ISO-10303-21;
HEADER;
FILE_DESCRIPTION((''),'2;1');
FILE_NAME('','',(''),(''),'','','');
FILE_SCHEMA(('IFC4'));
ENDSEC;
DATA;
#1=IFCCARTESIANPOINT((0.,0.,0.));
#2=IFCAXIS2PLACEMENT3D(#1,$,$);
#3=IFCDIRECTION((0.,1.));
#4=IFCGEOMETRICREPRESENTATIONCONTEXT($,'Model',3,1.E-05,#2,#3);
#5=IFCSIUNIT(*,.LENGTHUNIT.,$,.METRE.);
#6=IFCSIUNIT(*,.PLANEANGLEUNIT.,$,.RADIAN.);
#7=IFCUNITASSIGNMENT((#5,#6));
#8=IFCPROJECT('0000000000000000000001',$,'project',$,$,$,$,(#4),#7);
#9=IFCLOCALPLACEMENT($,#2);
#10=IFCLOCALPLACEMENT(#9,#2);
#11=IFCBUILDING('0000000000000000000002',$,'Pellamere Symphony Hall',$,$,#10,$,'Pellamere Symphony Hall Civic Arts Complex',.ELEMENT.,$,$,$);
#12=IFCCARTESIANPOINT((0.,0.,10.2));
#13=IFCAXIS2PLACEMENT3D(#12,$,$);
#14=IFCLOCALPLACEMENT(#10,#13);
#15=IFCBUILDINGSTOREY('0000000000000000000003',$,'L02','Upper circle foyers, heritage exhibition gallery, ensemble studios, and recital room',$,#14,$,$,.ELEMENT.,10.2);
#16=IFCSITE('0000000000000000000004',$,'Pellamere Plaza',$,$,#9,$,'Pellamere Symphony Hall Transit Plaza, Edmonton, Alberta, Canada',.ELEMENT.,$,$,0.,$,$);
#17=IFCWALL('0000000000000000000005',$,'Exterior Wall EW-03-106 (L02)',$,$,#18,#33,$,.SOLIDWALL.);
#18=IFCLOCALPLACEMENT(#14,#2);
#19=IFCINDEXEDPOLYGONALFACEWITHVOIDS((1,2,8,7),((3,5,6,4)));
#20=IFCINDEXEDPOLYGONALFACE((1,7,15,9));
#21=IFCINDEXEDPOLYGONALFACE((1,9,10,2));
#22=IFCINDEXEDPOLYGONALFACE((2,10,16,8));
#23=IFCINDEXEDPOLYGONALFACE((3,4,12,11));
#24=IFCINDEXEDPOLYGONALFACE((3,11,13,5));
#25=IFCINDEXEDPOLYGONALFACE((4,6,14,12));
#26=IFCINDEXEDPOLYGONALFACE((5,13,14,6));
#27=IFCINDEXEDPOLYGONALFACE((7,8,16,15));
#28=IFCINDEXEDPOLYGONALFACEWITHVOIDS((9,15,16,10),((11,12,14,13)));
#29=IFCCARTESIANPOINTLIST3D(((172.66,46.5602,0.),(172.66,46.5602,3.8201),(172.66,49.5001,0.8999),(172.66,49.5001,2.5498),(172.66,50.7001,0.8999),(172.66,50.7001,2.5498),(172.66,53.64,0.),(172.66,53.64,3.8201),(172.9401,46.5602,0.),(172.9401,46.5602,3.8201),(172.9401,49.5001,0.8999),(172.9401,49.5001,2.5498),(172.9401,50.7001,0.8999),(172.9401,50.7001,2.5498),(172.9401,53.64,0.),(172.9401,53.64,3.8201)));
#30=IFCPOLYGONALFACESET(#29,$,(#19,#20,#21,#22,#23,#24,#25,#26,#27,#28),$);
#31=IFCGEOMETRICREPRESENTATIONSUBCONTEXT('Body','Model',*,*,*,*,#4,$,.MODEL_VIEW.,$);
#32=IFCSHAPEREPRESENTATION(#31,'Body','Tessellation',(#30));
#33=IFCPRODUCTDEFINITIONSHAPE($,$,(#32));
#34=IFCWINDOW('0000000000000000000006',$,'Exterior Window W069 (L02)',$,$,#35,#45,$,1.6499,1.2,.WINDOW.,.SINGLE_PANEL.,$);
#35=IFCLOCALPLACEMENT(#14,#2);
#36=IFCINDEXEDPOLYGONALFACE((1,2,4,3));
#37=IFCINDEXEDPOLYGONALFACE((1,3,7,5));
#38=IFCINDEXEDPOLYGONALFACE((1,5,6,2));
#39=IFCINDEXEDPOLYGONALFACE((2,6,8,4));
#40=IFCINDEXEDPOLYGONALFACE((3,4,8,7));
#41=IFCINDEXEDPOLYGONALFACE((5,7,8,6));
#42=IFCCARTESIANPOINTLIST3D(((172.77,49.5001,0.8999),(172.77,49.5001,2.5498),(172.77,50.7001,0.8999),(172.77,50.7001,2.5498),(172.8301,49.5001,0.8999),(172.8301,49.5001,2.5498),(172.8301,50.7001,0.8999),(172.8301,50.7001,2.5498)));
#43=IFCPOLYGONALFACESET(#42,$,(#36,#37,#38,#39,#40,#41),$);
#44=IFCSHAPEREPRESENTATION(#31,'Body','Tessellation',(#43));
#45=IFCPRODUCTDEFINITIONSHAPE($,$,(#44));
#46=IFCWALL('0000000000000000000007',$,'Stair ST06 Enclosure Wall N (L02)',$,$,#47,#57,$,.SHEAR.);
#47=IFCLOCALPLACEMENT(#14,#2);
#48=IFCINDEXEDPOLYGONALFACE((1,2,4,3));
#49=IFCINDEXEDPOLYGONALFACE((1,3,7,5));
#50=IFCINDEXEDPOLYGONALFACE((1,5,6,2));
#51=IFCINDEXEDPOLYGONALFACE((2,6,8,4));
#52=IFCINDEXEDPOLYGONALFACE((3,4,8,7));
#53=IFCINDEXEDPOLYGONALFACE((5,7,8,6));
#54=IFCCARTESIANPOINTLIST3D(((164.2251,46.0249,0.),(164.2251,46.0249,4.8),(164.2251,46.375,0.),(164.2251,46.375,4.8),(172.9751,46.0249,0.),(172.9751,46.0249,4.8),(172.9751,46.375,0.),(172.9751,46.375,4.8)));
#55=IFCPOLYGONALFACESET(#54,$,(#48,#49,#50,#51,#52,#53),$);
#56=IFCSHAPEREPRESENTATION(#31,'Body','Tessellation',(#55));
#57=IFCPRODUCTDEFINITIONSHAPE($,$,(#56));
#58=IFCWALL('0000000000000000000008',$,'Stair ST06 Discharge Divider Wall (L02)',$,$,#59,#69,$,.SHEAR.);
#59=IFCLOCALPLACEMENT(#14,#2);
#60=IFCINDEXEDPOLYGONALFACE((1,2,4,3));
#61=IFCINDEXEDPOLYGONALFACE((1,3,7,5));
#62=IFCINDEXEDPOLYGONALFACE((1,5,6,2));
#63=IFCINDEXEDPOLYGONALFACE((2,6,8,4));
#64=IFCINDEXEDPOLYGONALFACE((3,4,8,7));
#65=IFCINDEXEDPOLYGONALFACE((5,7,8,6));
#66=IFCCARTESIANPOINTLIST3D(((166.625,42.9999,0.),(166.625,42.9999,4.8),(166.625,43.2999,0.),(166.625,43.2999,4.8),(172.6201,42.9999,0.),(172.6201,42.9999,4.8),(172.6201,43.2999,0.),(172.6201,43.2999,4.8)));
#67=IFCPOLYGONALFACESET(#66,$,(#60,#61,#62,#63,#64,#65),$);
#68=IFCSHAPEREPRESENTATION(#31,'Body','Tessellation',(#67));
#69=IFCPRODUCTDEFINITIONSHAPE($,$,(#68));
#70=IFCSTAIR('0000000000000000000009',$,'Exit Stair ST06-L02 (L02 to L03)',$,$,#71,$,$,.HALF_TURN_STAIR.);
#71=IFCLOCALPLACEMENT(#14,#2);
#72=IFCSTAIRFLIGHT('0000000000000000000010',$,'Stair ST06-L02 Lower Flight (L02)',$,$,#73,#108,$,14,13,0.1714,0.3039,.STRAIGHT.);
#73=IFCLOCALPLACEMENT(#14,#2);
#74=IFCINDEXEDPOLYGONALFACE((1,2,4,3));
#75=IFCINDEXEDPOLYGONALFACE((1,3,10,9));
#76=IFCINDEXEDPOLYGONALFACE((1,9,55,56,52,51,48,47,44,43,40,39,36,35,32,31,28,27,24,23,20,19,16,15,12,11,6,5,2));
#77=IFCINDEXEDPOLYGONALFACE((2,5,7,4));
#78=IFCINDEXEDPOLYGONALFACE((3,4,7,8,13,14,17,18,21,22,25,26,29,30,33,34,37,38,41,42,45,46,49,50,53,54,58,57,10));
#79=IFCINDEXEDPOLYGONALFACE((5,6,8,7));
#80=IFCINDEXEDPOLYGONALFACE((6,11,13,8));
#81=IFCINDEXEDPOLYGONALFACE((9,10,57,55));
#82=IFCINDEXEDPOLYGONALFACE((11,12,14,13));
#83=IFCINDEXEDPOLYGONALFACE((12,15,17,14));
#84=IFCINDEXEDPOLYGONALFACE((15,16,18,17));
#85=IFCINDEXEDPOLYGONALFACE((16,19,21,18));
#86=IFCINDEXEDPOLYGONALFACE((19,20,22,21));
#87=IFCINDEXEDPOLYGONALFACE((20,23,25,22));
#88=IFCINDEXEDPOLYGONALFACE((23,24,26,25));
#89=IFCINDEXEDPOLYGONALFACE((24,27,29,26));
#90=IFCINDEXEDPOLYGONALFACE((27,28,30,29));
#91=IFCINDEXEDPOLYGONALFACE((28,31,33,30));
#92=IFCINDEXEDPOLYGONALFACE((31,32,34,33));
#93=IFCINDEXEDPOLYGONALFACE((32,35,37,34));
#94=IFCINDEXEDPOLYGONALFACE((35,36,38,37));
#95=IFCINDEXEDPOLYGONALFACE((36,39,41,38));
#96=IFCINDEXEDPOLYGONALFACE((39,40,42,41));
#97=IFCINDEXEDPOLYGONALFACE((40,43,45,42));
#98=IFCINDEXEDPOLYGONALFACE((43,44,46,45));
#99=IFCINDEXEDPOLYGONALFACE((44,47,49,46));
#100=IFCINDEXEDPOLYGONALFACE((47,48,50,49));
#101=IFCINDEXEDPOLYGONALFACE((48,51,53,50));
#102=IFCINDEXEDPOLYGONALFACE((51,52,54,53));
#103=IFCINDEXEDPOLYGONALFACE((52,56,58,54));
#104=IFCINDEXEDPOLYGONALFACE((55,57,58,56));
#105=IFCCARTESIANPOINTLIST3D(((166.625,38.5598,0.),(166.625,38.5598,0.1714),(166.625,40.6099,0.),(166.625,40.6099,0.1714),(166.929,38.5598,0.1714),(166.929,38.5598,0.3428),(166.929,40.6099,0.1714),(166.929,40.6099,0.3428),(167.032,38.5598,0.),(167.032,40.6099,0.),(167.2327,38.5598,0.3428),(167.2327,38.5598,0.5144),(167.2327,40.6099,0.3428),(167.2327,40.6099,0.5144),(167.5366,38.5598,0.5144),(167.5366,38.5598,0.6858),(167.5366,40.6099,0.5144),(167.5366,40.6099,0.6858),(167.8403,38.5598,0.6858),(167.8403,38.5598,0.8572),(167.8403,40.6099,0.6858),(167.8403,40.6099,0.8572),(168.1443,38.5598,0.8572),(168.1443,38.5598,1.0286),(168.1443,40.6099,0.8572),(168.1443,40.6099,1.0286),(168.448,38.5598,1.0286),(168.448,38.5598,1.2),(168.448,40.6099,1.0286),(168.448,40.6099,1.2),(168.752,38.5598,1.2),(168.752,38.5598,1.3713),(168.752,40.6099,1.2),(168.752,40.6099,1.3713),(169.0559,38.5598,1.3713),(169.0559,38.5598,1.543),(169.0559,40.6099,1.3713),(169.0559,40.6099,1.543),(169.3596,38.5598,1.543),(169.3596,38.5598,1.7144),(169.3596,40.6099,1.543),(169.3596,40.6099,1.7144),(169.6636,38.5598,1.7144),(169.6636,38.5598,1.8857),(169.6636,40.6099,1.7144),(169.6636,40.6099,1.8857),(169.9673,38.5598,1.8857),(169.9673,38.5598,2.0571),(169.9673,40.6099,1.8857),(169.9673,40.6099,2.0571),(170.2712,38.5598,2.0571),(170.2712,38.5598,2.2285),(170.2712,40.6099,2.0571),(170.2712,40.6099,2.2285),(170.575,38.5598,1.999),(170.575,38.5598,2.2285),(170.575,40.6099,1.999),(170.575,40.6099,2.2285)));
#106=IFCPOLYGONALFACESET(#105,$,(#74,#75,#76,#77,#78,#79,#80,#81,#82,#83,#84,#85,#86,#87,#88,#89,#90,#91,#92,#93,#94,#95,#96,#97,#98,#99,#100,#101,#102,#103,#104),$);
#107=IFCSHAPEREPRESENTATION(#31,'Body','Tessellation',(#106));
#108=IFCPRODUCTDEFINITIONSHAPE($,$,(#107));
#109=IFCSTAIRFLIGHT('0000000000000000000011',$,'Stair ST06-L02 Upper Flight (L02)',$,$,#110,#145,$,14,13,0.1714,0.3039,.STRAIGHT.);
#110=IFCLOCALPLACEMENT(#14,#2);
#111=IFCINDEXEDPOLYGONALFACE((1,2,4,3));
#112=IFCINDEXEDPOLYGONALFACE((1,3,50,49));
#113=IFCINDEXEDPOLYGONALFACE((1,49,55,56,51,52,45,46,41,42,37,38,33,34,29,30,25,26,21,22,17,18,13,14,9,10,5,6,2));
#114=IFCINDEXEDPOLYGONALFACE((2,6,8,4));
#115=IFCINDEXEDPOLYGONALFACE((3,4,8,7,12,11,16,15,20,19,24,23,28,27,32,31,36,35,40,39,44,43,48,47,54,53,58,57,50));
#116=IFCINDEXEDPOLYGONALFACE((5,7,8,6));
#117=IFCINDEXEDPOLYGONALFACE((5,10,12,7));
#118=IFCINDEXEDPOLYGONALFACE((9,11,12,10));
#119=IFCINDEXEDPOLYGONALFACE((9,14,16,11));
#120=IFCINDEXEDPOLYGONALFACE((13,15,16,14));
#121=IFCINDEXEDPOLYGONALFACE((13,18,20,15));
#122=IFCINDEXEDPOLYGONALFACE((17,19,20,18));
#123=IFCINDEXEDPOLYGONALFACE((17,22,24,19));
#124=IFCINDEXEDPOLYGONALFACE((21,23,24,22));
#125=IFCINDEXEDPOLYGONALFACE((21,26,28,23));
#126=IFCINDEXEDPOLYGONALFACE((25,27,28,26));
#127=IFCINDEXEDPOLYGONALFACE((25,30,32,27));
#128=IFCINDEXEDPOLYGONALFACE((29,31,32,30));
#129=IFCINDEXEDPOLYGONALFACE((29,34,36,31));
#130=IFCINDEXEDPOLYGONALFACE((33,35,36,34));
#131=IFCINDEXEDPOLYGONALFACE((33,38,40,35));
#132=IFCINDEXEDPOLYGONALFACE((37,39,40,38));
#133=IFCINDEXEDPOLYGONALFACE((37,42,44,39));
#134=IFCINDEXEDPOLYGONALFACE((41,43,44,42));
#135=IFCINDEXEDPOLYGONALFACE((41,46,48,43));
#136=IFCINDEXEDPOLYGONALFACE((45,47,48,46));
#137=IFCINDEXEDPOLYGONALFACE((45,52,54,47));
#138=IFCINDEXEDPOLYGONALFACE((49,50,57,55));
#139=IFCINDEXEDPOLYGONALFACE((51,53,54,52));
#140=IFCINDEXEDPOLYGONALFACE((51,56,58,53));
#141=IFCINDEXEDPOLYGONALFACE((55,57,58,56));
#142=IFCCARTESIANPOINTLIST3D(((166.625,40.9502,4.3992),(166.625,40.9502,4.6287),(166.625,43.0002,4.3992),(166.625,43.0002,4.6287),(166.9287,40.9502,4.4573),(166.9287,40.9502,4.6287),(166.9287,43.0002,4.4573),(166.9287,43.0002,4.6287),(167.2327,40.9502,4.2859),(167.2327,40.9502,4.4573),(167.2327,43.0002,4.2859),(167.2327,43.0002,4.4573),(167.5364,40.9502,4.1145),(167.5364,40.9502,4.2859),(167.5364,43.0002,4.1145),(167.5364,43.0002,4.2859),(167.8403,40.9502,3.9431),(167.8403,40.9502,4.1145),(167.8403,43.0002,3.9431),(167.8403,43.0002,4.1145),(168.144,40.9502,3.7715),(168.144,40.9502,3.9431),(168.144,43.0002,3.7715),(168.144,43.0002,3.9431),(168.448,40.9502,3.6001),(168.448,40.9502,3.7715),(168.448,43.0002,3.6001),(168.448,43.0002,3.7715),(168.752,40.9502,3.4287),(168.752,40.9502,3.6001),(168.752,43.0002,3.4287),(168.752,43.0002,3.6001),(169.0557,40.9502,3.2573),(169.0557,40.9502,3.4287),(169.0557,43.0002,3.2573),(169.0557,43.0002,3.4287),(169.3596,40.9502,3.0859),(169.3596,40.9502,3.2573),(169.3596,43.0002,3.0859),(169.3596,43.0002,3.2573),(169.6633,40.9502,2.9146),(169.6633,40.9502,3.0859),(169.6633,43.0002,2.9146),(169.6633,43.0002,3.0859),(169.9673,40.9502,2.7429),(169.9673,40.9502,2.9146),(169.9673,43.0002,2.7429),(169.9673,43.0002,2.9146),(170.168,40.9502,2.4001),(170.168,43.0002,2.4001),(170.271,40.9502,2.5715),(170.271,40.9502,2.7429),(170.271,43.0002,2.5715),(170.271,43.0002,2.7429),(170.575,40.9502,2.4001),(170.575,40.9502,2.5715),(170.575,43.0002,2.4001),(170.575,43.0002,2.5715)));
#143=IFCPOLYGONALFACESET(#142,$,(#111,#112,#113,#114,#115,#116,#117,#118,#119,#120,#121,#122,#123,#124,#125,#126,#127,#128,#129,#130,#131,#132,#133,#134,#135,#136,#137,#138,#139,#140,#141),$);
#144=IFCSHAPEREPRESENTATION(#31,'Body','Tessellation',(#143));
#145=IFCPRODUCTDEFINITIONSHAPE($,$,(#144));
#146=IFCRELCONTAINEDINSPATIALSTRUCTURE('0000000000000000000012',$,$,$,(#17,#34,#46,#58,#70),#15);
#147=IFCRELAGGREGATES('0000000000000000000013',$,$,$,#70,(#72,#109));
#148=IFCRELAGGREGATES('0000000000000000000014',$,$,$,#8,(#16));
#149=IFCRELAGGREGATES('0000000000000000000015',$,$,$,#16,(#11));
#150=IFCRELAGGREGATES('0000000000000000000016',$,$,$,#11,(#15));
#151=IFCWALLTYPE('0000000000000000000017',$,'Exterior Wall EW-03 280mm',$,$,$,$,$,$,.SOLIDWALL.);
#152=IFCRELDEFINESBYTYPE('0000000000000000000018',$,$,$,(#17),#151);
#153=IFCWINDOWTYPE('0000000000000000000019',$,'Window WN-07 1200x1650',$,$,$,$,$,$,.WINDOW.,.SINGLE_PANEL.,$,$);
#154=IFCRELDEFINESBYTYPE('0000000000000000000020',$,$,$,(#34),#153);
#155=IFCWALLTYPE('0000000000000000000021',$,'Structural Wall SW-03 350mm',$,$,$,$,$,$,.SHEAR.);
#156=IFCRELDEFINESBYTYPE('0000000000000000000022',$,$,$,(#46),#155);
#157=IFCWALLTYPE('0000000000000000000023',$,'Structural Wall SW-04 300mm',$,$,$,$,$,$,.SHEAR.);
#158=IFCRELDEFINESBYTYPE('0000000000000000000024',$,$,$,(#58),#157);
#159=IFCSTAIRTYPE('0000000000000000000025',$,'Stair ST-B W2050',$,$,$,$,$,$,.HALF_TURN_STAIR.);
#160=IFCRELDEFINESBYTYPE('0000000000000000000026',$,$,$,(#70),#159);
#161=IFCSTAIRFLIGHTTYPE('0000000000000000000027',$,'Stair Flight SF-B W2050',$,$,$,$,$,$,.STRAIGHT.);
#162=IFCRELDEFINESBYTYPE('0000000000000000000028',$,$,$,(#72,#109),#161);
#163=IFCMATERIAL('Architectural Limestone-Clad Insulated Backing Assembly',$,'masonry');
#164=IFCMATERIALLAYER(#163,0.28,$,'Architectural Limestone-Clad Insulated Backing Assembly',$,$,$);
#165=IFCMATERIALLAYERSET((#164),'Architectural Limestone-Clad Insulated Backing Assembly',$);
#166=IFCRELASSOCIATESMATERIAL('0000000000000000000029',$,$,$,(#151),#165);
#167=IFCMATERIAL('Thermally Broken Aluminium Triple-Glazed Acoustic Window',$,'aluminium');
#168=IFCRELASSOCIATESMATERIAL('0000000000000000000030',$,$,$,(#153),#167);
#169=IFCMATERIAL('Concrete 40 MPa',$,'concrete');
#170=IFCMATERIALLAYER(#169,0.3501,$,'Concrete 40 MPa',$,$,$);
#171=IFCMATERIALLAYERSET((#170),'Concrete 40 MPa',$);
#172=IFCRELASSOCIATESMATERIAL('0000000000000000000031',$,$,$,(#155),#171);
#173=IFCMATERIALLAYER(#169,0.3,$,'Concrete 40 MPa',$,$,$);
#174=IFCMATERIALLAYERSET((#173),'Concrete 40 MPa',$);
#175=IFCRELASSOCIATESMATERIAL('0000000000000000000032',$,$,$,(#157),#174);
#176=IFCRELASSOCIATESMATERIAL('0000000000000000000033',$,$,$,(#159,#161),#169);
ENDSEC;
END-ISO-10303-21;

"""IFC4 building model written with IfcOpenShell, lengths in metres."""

from ifc_helpers import new_model, si_unit, direction, frame, frame_2d, origin, place, context, subcontext, project, spatial, polyline, rectangle, outline, extrude, material, layer, layer_set, type_object, element, fill, aggregate, save


model = new_model("IFC4")

# Units and contexts
model_context = context("Model", 3, precision=1e-05, world=origin(), true_north=direction((0.0, 1.0)))
body_context = subcontext(model_context, "Body", "Model", "MODEL_VIEW")
ifc_project = project(units=[si_unit("LENGTHUNIT", "METRE"), si_unit("PLANEANGLEUNIT", "RADIAN")], contexts=[model_context])

# Site, building, storey
site_placement = place(None, origin())
site = spatial("IfcSite", under=ifc_project, at=site_placement, Name="Pellamere Plaza", LongName="Pellamere Symphony Hall Transit Plaza, Edmonton, Alberta, Canada", CompositionType="ELEMENT", RefElevation=0.0)
building_placement = place(site_placement, origin())
building = spatial("IfcBuilding", under=site, at=building_placement, Name="Pellamere Symphony Hall", LongName="Pellamere Symphony Hall Civic Arts Complex", CompositionType="ELEMENT")
storey_placement = place(building_placement, frame((0.0, 0.0, 10.2)))
storey = spatial("IfcBuildingStorey", under=building, at=storey_placement, Name="L02", Description="Upper circle foyers, heritage exhibition gallery, ensemble studios, and recital room", CompositionType="ELEMENT", Elevation=10.2)

# Shared definitions
ifc_material_1 = material(Name="Concrete 40 MPa", Category="concrete")

# Wall, opening, window
ifc_material_2 = material(Name="Architectural Limestone-Clad Insulated Backing Assembly", Category="masonry")
ifc_layer_1 = layer(ifc_material_2, 0.28, Name="Architectural Limestone-Clad Insulated Backing Assembly")
ifc_layer_set_1 = layer_set([ifc_layer_1], Name="Architectural Limestone-Clad Insulated Backing Assembly")
wall_type_1 = type_object("IfcWallType", Name="Exterior Wall EW-03 280mm", PredefinedType="SOLIDWALL", material=ifc_layer_set_1)
wall_1_placement = place(storey_placement, frame((172.8, 46.5601, 0.0), z_axis=(0.0, 0.0, 1.0), x_axis=(0.0, 1.0, 0.0)))
wall_1 = element("IfcWall", 1, at=wall_1_placement, inside=storey, type_object=wall_type_1, Name="Exterior Wall EW-03-106 (L02)", PredefinedType="SOLIDWALL", context=body_context, shape_type="SweptSolid", body=[
    extrude(rectangle(XDim=7.0798, YDim=0.28, at=frame_2d((3.54, 0.0))), origin(), (0.0, 0.0, 1.0), 3.8201),
])
opening_placement = place(wall_1_placement, frame((2.9399, 0.0, 0.8999)))
opening = element("IfcOpeningElement", 2, at=opening_placement, cuts=wall_1, PredefinedType="OPENING", context=body_context, shape_type="SweptSolid", body=[
    extrude(rectangle(XDim=1.2, YDim=1.6499, at=frame_2d((0.6001, 0.825))), frame((0.0, 0.1499, 0.0), z_axis=(0.0, -1.0, 0.0), x_axis=(1.0, 0.0, 0.0)), (0.0, 0.0, 1.0), 0.3),
])
ifc_material_3 = material(Name="Thermally Broken Aluminium Triple-Glazed Acoustic Window", Category="aluminium")
window_type = type_object("IfcWindowType", Name="Window WN-07 1200x1650", PartitioningType="SINGLE_PANEL", PredefinedType="WINDOW", material=ifc_material_3)
window_placement = place(opening_placement, origin())
window = element("IfcWindow", 3, at=window_placement, inside=storey, type_object=window_type, Name="Exterior Window W069 (L02)", OverallHeight=1.6499, OverallWidth=1.2, PartitioningType="SINGLE_PANEL", PredefinedType="WINDOW", context=body_context, shape_type="SweptSolid", body=[
    extrude(rectangle(XDim=1.2, YDim=1.6499, at=frame_2d((0.6001, 0.825))), frame((0.0, 0.03, 0.0), z_axis=(0.0, -1.0, 0.0), x_axis=(1.0, 0.0, 0.0)), (0.0, 0.0, 1.0), 0.0601),
])
fill(opening, window)

# Walls
ifc_layer_2 = layer(ifc_material_1, 0.3501, Name="Concrete 40 MPa")
ifc_layer_set_2 = layer_set([ifc_layer_2], Name="Concrete 40 MPa")
wall_type_2 = type_object("IfcWallType", Name="Structural Wall SW-03 350mm", PredefinedType="SHEAR", material=ifc_layer_set_2)
wall_2_placement = place(storey_placement, frame((164.2251, 46.2, 0.0), z_axis=(0.0, 0.0, 1.0), x_axis=(1.0, 0.0, 0.0)))
element("IfcWall", 4, at=wall_2_placement, inside=storey, type_object=wall_type_2, Name="Stair ST06 Enclosure Wall N (L02)", PredefinedType="SHEAR", context=body_context, shape_type="SweptSolid", body=[
    extrude(rectangle(XDim=8.75, YDim=0.3501, at=frame_2d((4.375, 0.0))), origin(), (0.0, 0.0, 1.0), 4.8),
])
ifc_layer_3 = layer(ifc_material_1, 0.3, Name="Concrete 40 MPa")
ifc_layer_set_3 = layer_set([ifc_layer_3], Name="Concrete 40 MPa")
wall_type_3 = type_object("IfcWallType", Name="Structural Wall SW-04 300mm", PredefinedType="SHEAR", material=ifc_layer_set_3)
wall_3_placement = place(storey_placement, frame((166.625, 43.1499, 0.0), z_axis=(0.0, 0.0, 1.0), x_axis=(1.0, 0.0, 0.0)))
element("IfcWall", 5, at=wall_3_placement, inside=storey, type_object=wall_type_3, Name="Stair ST06 Discharge Divider Wall (L02)", PredefinedType="SHEAR", context=body_context, shape_type="SweptSolid", body=[
    extrude(rectangle(XDim=5.9951, YDim=0.3, at=frame_2d((2.9976, 0.0))), origin(), (0.0, 0.0, 1.0), 4.8),
])

# Stair, stair flights
stair_type = type_object("IfcStairType", Name="Stair ST-B W2050", PredefinedType="HALF_TURN_STAIR", material=ifc_material_1)
stair_placement = place(storey_placement, origin())
stair = element("IfcStair", 6, at=stair_placement, inside=storey, type_object=stair_type, Name="Exit Stair ST06-L02 (L02 to L03)", PredefinedType="HALF_TURN_STAIR")
stair_flight_type = type_object("IfcStairFlightType", Name="Stair Flight SF-B W2050", PredefinedType="STRAIGHT", material=ifc_material_1)
stair_flight_1_placement = place(storey_placement, frame((166.625, 39.585, 0.0), z_axis=(0.0, 0.0, 1.0), x_axis=(1.0, 0.0, 0.0)))
stair_flight_1 = element("IfcStairFlight", 7, at=stair_flight_1_placement, type_object=stair_flight_type, Name="Stair ST06-L02 Lower Flight (L02)", NumberOfRisers=14, NumberOfTreads=13, PredefinedType="STRAIGHT", RiserHeight=0.1714, TreadLength=0.3039, context=body_context, shape_type="SweptSolid", body=[
    extrude(outline(polyline([(0.0, 0.0), (0.0, 0.1714), (0.304, 0.1714), (0.304, 0.3428), (0.6077, 0.3428), (0.6077, 0.5144), (0.9116, 0.5144), (0.9116, 0.6858), (1.2153, 0.6858), (1.2153, 0.8572), (1.5193, 0.8572), (1.5193, 1.0286), (1.823, 1.0286), (1.823, 1.2), (2.127, 1.2), (2.127, 1.3713), (2.4309, 1.3713), (2.4309, 1.543), (2.7346, 1.543), (2.7346, 1.7144), (3.0386, 1.7144), (3.0386, 1.8857), (3.3423, 1.8857), (3.3423, 2.0571), (3.6462, 2.0571), (3.6462, 2.2285), (3.95, 2.2285), (3.95, 2.3999), (3.95, 1.999), (0.407, 0.0), (0.0, 0.0)])), frame((0.0, 1.0249, 0.0), z_axis=(0.0, -1.0, 0.0), x_axis=(1.0, 0.0, 0.0)), (0.0, 0.0, 1.0), 2.05),
])
stair_flight_2_placement = place(storey_placement, frame((170.575, 41.9751, 2.4001), z_axis=(0.0, 0.0, 1.0), x_axis=(-1.0, 0.0, 0.0)))
stair_flight_2 = element("IfcStairFlight", 8, at=stair_flight_2_placement, type_object=stair_flight_type, Name="Stair ST06-L02 Upper Flight (L02)", NumberOfRisers=14, NumberOfTreads=13, PredefinedType="STRAIGHT", RiserHeight=0.1714, TreadLength=0.3039, context=body_context, shape_type="SweptSolid", body=[
    extrude(outline(polyline([(0.0, 0.0), (0.0, 0.1714), (0.304, 0.1714), (0.304, 0.3428), (0.6077, 0.3428), (0.6077, 0.5144), (0.9116, 0.5144), (0.9116, 0.6858), (1.2153, 0.6858), (1.2153, 0.8572), (1.5193, 0.8572), (1.5193, 1.0286), (1.823, 1.0286), (1.823, 1.2), (2.127, 1.2), (2.127, 1.3713), (2.4309, 1.3713), (2.4309, 1.543), (2.7346, 1.543), (2.7346, 1.7144), (3.0386, 1.7144), (3.0386, 1.8857), (3.3423, 1.8857), (3.3423, 2.0571), (3.6462, 2.0571), (3.6462, 2.2285), (3.95, 2.2285), (3.95, 2.3999), (3.95, 1.999), (0.407, 0.0), (0.0, 0.0)])), frame((0.0, 1.0249, 0.0), z_axis=(0.0, -1.0, 0.0), x_axis=(1.0, 0.0, 0.0)), (0.0, 0.0, 1.0), 2.05),
])
aggregate(stair, [stair_flight_1, stair_flight_2])

save(model, "model.ifc")
